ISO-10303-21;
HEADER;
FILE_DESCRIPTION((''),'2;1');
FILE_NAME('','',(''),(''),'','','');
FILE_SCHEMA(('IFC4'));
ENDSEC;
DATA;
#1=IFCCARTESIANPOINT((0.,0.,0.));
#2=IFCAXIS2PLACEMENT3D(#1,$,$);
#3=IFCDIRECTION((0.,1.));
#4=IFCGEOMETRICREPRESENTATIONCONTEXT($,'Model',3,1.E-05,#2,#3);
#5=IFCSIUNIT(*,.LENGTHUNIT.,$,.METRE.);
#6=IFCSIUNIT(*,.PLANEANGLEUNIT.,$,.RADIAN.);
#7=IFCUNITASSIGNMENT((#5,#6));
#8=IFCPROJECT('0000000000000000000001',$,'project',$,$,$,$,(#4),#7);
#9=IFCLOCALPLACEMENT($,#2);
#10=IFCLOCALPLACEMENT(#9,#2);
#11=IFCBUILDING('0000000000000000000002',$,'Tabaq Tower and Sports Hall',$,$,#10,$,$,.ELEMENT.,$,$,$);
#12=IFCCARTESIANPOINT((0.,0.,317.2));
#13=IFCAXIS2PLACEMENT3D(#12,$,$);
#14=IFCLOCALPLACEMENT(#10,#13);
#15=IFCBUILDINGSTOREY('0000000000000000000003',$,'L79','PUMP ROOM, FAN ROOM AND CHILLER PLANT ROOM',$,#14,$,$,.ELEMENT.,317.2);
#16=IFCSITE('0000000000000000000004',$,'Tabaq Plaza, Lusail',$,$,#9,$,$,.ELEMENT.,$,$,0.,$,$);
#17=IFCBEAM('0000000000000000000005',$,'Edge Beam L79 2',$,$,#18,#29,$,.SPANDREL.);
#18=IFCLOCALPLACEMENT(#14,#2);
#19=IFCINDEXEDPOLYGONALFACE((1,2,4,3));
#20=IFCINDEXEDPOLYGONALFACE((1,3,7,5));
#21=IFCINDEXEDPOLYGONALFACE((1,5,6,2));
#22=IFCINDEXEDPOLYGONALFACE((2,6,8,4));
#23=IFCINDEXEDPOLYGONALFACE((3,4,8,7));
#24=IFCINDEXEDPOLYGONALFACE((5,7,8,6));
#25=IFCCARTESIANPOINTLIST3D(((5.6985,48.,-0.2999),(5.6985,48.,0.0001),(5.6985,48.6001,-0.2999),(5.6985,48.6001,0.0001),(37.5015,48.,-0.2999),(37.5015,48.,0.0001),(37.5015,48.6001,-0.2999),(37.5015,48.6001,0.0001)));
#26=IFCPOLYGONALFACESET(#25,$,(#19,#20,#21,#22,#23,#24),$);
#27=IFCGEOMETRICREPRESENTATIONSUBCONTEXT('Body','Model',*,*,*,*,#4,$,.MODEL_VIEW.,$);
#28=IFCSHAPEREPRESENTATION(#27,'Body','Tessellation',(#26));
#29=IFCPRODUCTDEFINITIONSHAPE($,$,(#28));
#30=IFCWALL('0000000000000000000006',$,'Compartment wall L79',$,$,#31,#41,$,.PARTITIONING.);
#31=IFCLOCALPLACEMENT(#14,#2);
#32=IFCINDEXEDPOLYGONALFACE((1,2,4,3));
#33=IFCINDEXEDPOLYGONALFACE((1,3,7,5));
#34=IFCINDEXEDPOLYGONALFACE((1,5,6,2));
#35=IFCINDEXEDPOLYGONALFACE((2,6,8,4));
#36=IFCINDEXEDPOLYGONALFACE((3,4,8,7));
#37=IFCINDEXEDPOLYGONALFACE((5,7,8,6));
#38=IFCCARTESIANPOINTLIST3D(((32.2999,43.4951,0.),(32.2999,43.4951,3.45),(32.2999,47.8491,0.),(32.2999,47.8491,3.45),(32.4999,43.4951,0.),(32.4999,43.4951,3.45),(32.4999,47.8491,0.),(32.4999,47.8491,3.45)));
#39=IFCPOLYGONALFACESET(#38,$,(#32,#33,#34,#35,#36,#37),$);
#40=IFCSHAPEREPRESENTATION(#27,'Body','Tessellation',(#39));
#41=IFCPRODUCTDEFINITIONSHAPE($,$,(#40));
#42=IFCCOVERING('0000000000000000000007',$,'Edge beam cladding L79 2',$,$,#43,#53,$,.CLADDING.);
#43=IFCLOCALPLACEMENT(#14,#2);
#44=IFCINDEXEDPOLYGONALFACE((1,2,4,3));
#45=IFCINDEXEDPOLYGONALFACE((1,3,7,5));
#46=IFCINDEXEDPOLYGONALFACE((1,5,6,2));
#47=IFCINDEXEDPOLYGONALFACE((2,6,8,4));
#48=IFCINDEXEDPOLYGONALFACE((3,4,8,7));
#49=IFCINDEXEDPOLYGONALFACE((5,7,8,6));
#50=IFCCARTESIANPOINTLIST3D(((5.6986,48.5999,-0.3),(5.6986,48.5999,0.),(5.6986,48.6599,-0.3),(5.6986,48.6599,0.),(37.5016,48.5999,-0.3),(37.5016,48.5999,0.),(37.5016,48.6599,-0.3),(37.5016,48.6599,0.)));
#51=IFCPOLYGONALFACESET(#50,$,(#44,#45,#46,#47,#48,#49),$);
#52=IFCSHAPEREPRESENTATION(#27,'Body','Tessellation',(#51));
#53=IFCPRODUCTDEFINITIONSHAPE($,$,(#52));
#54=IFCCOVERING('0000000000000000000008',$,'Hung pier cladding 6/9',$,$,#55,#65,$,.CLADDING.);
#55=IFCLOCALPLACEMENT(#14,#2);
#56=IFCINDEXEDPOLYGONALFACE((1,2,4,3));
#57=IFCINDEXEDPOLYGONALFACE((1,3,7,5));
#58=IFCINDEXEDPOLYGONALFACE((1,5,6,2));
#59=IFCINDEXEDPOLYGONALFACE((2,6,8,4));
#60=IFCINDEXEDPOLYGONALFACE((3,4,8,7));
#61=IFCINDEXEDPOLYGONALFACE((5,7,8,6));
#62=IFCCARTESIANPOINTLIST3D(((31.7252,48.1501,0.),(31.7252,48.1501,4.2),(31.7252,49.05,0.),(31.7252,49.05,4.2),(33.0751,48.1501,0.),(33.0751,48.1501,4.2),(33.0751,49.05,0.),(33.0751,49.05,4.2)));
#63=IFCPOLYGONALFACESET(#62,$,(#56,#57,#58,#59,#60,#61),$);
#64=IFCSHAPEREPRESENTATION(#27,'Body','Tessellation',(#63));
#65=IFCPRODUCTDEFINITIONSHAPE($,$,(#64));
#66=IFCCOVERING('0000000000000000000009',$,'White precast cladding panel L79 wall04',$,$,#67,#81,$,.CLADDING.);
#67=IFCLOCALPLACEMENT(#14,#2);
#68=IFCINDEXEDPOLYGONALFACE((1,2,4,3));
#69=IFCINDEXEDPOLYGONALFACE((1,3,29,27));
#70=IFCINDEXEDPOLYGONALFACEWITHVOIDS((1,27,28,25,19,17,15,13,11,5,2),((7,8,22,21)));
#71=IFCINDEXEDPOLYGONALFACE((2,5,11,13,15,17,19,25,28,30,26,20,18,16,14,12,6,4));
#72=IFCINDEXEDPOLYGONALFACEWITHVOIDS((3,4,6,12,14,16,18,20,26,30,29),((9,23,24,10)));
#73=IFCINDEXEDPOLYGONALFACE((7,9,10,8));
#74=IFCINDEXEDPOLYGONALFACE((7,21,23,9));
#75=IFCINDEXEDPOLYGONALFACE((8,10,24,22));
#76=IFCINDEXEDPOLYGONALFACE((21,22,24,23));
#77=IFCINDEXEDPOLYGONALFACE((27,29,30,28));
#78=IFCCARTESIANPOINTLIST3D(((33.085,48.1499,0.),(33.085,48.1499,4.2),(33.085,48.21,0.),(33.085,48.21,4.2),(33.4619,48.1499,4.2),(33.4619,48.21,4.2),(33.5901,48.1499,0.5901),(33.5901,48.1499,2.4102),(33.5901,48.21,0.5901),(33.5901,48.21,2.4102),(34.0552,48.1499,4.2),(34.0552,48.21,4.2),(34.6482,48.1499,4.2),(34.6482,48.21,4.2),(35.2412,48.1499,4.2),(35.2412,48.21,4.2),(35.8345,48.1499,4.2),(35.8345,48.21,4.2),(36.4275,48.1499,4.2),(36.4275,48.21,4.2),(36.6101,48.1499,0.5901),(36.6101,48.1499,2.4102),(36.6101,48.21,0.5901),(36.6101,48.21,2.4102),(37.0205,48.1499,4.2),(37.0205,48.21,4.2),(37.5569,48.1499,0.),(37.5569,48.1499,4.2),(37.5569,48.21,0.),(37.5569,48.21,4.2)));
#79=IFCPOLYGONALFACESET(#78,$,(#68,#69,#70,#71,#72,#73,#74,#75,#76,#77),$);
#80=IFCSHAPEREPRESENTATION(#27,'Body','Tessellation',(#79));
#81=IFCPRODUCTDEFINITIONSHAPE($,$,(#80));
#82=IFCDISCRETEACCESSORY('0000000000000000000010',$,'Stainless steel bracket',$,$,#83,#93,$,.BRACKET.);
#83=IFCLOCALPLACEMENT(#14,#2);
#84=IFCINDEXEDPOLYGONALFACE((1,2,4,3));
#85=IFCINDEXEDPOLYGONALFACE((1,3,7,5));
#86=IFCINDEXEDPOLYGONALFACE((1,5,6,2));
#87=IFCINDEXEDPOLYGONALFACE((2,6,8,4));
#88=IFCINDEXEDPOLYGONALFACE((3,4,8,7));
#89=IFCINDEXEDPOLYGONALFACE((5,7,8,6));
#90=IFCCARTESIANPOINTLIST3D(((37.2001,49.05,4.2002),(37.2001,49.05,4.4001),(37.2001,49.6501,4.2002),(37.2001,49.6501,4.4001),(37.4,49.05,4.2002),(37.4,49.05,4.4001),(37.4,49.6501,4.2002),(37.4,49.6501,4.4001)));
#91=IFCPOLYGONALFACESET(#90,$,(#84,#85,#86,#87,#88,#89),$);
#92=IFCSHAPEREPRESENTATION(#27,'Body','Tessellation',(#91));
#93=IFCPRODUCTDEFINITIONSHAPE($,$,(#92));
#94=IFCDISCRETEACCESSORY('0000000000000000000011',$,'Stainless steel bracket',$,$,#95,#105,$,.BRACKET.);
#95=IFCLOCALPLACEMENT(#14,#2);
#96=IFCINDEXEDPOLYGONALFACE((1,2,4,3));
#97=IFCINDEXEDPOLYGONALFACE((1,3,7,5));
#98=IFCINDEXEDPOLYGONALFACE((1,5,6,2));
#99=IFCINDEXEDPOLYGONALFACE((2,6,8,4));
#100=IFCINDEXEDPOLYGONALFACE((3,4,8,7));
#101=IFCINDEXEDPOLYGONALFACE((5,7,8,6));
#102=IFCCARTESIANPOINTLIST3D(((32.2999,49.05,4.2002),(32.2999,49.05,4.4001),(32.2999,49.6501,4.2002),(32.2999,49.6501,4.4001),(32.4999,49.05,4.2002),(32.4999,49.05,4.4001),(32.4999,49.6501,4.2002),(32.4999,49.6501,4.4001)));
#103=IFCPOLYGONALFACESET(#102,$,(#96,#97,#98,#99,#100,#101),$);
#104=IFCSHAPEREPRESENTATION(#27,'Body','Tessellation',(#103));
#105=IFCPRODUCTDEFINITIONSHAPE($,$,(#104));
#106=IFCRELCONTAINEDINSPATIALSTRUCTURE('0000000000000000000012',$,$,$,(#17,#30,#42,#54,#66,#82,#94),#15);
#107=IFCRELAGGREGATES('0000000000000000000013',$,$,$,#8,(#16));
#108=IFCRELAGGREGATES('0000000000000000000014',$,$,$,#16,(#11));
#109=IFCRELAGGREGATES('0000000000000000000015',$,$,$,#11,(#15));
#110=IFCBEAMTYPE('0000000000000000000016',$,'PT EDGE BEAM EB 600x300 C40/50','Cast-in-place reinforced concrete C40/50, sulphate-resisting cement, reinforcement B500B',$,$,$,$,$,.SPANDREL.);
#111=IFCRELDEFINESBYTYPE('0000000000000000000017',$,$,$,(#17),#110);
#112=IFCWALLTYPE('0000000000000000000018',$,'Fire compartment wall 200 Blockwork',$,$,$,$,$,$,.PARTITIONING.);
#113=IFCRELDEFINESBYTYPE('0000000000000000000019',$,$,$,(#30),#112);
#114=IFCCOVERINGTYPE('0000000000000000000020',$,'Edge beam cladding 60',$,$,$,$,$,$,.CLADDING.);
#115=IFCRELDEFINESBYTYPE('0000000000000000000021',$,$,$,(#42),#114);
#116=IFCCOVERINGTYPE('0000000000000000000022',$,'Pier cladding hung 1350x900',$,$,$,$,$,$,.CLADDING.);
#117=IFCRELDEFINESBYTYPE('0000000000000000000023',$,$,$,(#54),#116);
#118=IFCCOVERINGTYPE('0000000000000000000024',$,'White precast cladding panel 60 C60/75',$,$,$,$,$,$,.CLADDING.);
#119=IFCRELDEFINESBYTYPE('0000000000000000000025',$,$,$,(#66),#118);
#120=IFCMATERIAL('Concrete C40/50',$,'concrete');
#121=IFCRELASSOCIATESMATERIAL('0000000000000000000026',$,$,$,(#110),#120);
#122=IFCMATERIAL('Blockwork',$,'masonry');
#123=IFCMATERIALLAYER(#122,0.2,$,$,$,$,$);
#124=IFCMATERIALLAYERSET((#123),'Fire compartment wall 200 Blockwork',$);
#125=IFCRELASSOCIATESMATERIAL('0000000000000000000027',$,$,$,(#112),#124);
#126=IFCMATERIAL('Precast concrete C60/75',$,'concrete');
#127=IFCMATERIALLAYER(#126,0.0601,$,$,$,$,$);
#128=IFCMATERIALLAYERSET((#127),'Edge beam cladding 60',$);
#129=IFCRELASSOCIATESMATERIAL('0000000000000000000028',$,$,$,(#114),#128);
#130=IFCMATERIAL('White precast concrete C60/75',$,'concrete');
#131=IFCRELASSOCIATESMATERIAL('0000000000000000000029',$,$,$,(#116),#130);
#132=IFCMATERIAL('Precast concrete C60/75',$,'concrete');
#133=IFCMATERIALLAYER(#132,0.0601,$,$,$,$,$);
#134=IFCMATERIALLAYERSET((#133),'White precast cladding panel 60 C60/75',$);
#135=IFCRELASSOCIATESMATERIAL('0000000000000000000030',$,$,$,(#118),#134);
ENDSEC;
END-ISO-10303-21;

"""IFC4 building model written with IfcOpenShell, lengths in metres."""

from ifc_helpers import new_model, si_unit, direction, frame, frame_2d, origin, origin_2d, place, context, subcontext, project, spatial, polyline, rectangle, outline, extrude, material, layer, layer_set, material_profile, profile_set, type_object, element, save


model = new_model("IFC4")

# Units and contexts
model_context = context("Model", 3, precision=1e-05, world=origin(), true_north=direction((0.0, 1.0)))
body_context = subcontext(model_context, "Body", "Model", "MODEL_VIEW")
ifc_project = project(units=[si_unit("LENGTHUNIT", "METRE"), si_unit("PLANEANGLEUNIT", "RADIAN")], contexts=[model_context])

# Site, building, storey
site_placement = place(None, origin())
site = spatial("IfcSite", under=ifc_project, at=site_placement, Name="Tabaq Plaza, Lusail", CompositionType="ELEMENT", RefElevation=0.0)
building_placement = place(site_placement, origin())
building = spatial("IfcBuilding", under=site, at=building_placement, Name="Tabaq Tower and Sports Hall", CompositionType="ELEMENT")
storey_placement = place(building_placement, frame((0.0, 0.0, 317.2)))
storey = spatial("IfcBuildingStorey", under=building, at=storey_placement, Name="L79", Description="PUMP ROOM, FAN ROOM AND CHILLER PLANT ROOM", CompositionType="ELEMENT", Elevation=317.2)

# Beam
ifc_material_1 = material(Name="Concrete C40/50", Category="concrete")
ifc_material_profile = material_profile(ifc_material_1, rectangle(XDim=0.6001, YDim=0.3, at=origin_2d()), Name="EB 600x300")
ifc_profile_set = profile_set([ifc_material_profile], Name="Concrete C40/50")
beam_type = type_object("IfcBeamType", Name="PT EDGE BEAM EB 600x300 C40/50", Description="Cast-in-place reinforced concrete C40/50, sulphate-resisting cement, reinforcement B500B", PredefinedType="SPANDREL", material=ifc_profile_set)
beam_placement = place(storey_placement, frame((37.5015, 48.3, -0.1499), z_axis=(-1.0, 0.0, 0.0), x_axis=(0.0, -1.0, 0.0)))
element("IfcBeam", 1, at=beam_placement, inside=storey, type_object=beam_type, Name="Edge Beam L79 2", PredefinedType="SPANDREL", context=body_context, shape_type="SweptSolid", body=[
    extrude(rectangle(XDim=0.6001, YDim=0.3, at=origin_2d()), origin(), (0.0, 0.0, 1.0), 31.803),
])

# Wall
ifc_material_2 = material(Name="Blockwork", Category="masonry")
ifc_layer_1 = layer(ifc_material_2, 0.2)
ifc_layer_set_1 = layer_set([ifc_layer_1], Name="Fire compartment wall 200 Blockwork")
wall_type_1 = type_object("IfcWallType", Name="Fire compartment wall 200 Blockwork", PredefinedType="PARTITIONING", material=ifc_layer_set_1)
wall_1_placement = place(storey_placement, frame((32.3999, 47.8491, 0.0), z_axis=(0.0, 0.0, 1.0), x_axis=(0.0, -1.0, 0.0)))
element("IfcWall", 2, at=wall_1_placement, inside=storey, type_object=wall_type_1, Name="Compartment wall L79", PredefinedType="PARTITIONING", context=body_context, shape_type="SweptSolid", body=[
    extrude(rectangle(XDim=4.354, YDim=0.2, at=frame_2d((2.177, 0.0))), origin(), (0.0, 0.0, 1.0), 3.45),
])

# Coverings
ifc_material_3 = material(Name="Precast concrete C60/75", Category="concrete")
ifc_layer_2 = layer(ifc_material_3, 0.0601)
ifc_layer_set_2 = layer_set([ifc_layer_2], Name="Edge beam cladding 60")
covering_type_1 = type_object("IfcCoveringType", Name="Edge beam cladding 60", PredefinedType="CLADDING", material=ifc_layer_set_2)
covering_1_placement = place(storey_placement, frame((37.5015, 48.6299, -0.3), z_axis=(0.0, 0.0, 1.0), x_axis=(-1.0, 0.0, 0.0)))
element("IfcCovering", 3, at=covering_1_placement, inside=storey, type_object=covering_type_1, Name="Edge beam cladding L79 2", PredefinedType="CLADDING", context=body_context, shape_type="SweptSolid", body=[
    extrude(rectangle(XDim=31.803, YDim=0.0601, at=frame_2d((15.9014, 0.0))), origin(), (0.0, 0.0, 1.0), 0.3),
])
ifc_material_4 = material(Name="White precast concrete C60/75", Category="concrete")
covering_type_2 = type_object("IfcCoveringType", Name="Pier cladding hung 1350x900", PredefinedType="CLADDING", material=ifc_material_4)
covering_2_placement = place(storey_placement, frame((33.075, 48.6001, 0.0), z_axis=(0.0, 0.0, 1.0), x_axis=(-1.0, 0.0, 0.0)))
element("IfcCovering", 4, at=covering_2_placement, inside=storey, type_object=covering_type_2, Name="Hung pier cladding 6/9", PredefinedType="CLADDING", context=body_context, shape_type="SweptSolid", body=[
    extrude(rectangle(XDim=1.3499, YDim=0.8999, at=frame_2d((0.6748, 0.0))), origin(), (0.0, 0.0, 1.0), 4.2),
])
ifc_material_5 = material(Name="Precast concrete C60/75", Category="concrete")
ifc_layer_3 = layer(ifc_material_5, 0.0601)
ifc_layer_set_3 = layer_set([ifc_layer_3], Name="White precast cladding panel 60 C60/75")
covering_type_3 = type_object("IfcCoveringType", Name="White precast cladding panel 60 C60/75", PredefinedType="CLADDING", material=ifc_layer_set_3)
covering_3_placement = place(storey_placement, frame((37.5569, 48.1799, 0.0), z_axis=(0.0, 0.0, 1.0), x_axis=(-1.0, 0.0, 0.0)))
element("IfcCovering", 5, at=covering_3_placement, inside=storey, type_object=covering_type_3, Name="White precast cladding panel L79 wall04", PredefinedType="CLADDING", context=body_context, shape_type="SweptSolid", body=[
    extrude(outline(polyline([(0.0, 0.0), (4.4719, 0.0), (4.4719, 4.2), (4.095, 4.2), (3.5017, 4.2), (2.9087, 4.2), (2.3157, 4.2), (1.7224, 4.2), (1.1294, 4.2), (0.5364, 4.2), (0.0, 4.2), (0.0, 0.0)]), holes=[polyline([(0.9468, 0.5901), (0.9468, 2.4102), (3.9668, 2.4102), (3.9668, 0.5901), (0.9468, 0.5901)])]), frame((0.0, 0.03, 0.0), z_axis=(0.0, -1.0, 0.0), x_axis=(1.0, 0.0, 0.0)), (0.0, 0.0, 1.0), 0.0601),
])

# Discrete accessories
for number, where, z_axis, x_axis, name in (
    (6, (37.3, 49.3501, 4.2002), (0.0, 0.0, 1.0), (0.0, 1.0, 0.0), "Stainless steel bracket"),
    (7, (32.3999, 49.3501, 4.2002), (0.0, 0.0, 1.0), (0.0, 1.0, 0.0), "Stainless steel bracket"),
):
    element("IfcDiscreteAccessory", number, at=place(storey_placement, frame(where, z_axis=z_axis, x_axis=x_axis)), inside=storey, Name=name, PredefinedType="BRACKET", context=body_context, shape_type="SweptSolid", body=[
        extrude(rectangle(XDim=0.6001, YDim=0.2, at=origin_2d()), origin(), (0.0, 0.0, 1.0), 0.2),
    ])

save(model, "model.ifc")
